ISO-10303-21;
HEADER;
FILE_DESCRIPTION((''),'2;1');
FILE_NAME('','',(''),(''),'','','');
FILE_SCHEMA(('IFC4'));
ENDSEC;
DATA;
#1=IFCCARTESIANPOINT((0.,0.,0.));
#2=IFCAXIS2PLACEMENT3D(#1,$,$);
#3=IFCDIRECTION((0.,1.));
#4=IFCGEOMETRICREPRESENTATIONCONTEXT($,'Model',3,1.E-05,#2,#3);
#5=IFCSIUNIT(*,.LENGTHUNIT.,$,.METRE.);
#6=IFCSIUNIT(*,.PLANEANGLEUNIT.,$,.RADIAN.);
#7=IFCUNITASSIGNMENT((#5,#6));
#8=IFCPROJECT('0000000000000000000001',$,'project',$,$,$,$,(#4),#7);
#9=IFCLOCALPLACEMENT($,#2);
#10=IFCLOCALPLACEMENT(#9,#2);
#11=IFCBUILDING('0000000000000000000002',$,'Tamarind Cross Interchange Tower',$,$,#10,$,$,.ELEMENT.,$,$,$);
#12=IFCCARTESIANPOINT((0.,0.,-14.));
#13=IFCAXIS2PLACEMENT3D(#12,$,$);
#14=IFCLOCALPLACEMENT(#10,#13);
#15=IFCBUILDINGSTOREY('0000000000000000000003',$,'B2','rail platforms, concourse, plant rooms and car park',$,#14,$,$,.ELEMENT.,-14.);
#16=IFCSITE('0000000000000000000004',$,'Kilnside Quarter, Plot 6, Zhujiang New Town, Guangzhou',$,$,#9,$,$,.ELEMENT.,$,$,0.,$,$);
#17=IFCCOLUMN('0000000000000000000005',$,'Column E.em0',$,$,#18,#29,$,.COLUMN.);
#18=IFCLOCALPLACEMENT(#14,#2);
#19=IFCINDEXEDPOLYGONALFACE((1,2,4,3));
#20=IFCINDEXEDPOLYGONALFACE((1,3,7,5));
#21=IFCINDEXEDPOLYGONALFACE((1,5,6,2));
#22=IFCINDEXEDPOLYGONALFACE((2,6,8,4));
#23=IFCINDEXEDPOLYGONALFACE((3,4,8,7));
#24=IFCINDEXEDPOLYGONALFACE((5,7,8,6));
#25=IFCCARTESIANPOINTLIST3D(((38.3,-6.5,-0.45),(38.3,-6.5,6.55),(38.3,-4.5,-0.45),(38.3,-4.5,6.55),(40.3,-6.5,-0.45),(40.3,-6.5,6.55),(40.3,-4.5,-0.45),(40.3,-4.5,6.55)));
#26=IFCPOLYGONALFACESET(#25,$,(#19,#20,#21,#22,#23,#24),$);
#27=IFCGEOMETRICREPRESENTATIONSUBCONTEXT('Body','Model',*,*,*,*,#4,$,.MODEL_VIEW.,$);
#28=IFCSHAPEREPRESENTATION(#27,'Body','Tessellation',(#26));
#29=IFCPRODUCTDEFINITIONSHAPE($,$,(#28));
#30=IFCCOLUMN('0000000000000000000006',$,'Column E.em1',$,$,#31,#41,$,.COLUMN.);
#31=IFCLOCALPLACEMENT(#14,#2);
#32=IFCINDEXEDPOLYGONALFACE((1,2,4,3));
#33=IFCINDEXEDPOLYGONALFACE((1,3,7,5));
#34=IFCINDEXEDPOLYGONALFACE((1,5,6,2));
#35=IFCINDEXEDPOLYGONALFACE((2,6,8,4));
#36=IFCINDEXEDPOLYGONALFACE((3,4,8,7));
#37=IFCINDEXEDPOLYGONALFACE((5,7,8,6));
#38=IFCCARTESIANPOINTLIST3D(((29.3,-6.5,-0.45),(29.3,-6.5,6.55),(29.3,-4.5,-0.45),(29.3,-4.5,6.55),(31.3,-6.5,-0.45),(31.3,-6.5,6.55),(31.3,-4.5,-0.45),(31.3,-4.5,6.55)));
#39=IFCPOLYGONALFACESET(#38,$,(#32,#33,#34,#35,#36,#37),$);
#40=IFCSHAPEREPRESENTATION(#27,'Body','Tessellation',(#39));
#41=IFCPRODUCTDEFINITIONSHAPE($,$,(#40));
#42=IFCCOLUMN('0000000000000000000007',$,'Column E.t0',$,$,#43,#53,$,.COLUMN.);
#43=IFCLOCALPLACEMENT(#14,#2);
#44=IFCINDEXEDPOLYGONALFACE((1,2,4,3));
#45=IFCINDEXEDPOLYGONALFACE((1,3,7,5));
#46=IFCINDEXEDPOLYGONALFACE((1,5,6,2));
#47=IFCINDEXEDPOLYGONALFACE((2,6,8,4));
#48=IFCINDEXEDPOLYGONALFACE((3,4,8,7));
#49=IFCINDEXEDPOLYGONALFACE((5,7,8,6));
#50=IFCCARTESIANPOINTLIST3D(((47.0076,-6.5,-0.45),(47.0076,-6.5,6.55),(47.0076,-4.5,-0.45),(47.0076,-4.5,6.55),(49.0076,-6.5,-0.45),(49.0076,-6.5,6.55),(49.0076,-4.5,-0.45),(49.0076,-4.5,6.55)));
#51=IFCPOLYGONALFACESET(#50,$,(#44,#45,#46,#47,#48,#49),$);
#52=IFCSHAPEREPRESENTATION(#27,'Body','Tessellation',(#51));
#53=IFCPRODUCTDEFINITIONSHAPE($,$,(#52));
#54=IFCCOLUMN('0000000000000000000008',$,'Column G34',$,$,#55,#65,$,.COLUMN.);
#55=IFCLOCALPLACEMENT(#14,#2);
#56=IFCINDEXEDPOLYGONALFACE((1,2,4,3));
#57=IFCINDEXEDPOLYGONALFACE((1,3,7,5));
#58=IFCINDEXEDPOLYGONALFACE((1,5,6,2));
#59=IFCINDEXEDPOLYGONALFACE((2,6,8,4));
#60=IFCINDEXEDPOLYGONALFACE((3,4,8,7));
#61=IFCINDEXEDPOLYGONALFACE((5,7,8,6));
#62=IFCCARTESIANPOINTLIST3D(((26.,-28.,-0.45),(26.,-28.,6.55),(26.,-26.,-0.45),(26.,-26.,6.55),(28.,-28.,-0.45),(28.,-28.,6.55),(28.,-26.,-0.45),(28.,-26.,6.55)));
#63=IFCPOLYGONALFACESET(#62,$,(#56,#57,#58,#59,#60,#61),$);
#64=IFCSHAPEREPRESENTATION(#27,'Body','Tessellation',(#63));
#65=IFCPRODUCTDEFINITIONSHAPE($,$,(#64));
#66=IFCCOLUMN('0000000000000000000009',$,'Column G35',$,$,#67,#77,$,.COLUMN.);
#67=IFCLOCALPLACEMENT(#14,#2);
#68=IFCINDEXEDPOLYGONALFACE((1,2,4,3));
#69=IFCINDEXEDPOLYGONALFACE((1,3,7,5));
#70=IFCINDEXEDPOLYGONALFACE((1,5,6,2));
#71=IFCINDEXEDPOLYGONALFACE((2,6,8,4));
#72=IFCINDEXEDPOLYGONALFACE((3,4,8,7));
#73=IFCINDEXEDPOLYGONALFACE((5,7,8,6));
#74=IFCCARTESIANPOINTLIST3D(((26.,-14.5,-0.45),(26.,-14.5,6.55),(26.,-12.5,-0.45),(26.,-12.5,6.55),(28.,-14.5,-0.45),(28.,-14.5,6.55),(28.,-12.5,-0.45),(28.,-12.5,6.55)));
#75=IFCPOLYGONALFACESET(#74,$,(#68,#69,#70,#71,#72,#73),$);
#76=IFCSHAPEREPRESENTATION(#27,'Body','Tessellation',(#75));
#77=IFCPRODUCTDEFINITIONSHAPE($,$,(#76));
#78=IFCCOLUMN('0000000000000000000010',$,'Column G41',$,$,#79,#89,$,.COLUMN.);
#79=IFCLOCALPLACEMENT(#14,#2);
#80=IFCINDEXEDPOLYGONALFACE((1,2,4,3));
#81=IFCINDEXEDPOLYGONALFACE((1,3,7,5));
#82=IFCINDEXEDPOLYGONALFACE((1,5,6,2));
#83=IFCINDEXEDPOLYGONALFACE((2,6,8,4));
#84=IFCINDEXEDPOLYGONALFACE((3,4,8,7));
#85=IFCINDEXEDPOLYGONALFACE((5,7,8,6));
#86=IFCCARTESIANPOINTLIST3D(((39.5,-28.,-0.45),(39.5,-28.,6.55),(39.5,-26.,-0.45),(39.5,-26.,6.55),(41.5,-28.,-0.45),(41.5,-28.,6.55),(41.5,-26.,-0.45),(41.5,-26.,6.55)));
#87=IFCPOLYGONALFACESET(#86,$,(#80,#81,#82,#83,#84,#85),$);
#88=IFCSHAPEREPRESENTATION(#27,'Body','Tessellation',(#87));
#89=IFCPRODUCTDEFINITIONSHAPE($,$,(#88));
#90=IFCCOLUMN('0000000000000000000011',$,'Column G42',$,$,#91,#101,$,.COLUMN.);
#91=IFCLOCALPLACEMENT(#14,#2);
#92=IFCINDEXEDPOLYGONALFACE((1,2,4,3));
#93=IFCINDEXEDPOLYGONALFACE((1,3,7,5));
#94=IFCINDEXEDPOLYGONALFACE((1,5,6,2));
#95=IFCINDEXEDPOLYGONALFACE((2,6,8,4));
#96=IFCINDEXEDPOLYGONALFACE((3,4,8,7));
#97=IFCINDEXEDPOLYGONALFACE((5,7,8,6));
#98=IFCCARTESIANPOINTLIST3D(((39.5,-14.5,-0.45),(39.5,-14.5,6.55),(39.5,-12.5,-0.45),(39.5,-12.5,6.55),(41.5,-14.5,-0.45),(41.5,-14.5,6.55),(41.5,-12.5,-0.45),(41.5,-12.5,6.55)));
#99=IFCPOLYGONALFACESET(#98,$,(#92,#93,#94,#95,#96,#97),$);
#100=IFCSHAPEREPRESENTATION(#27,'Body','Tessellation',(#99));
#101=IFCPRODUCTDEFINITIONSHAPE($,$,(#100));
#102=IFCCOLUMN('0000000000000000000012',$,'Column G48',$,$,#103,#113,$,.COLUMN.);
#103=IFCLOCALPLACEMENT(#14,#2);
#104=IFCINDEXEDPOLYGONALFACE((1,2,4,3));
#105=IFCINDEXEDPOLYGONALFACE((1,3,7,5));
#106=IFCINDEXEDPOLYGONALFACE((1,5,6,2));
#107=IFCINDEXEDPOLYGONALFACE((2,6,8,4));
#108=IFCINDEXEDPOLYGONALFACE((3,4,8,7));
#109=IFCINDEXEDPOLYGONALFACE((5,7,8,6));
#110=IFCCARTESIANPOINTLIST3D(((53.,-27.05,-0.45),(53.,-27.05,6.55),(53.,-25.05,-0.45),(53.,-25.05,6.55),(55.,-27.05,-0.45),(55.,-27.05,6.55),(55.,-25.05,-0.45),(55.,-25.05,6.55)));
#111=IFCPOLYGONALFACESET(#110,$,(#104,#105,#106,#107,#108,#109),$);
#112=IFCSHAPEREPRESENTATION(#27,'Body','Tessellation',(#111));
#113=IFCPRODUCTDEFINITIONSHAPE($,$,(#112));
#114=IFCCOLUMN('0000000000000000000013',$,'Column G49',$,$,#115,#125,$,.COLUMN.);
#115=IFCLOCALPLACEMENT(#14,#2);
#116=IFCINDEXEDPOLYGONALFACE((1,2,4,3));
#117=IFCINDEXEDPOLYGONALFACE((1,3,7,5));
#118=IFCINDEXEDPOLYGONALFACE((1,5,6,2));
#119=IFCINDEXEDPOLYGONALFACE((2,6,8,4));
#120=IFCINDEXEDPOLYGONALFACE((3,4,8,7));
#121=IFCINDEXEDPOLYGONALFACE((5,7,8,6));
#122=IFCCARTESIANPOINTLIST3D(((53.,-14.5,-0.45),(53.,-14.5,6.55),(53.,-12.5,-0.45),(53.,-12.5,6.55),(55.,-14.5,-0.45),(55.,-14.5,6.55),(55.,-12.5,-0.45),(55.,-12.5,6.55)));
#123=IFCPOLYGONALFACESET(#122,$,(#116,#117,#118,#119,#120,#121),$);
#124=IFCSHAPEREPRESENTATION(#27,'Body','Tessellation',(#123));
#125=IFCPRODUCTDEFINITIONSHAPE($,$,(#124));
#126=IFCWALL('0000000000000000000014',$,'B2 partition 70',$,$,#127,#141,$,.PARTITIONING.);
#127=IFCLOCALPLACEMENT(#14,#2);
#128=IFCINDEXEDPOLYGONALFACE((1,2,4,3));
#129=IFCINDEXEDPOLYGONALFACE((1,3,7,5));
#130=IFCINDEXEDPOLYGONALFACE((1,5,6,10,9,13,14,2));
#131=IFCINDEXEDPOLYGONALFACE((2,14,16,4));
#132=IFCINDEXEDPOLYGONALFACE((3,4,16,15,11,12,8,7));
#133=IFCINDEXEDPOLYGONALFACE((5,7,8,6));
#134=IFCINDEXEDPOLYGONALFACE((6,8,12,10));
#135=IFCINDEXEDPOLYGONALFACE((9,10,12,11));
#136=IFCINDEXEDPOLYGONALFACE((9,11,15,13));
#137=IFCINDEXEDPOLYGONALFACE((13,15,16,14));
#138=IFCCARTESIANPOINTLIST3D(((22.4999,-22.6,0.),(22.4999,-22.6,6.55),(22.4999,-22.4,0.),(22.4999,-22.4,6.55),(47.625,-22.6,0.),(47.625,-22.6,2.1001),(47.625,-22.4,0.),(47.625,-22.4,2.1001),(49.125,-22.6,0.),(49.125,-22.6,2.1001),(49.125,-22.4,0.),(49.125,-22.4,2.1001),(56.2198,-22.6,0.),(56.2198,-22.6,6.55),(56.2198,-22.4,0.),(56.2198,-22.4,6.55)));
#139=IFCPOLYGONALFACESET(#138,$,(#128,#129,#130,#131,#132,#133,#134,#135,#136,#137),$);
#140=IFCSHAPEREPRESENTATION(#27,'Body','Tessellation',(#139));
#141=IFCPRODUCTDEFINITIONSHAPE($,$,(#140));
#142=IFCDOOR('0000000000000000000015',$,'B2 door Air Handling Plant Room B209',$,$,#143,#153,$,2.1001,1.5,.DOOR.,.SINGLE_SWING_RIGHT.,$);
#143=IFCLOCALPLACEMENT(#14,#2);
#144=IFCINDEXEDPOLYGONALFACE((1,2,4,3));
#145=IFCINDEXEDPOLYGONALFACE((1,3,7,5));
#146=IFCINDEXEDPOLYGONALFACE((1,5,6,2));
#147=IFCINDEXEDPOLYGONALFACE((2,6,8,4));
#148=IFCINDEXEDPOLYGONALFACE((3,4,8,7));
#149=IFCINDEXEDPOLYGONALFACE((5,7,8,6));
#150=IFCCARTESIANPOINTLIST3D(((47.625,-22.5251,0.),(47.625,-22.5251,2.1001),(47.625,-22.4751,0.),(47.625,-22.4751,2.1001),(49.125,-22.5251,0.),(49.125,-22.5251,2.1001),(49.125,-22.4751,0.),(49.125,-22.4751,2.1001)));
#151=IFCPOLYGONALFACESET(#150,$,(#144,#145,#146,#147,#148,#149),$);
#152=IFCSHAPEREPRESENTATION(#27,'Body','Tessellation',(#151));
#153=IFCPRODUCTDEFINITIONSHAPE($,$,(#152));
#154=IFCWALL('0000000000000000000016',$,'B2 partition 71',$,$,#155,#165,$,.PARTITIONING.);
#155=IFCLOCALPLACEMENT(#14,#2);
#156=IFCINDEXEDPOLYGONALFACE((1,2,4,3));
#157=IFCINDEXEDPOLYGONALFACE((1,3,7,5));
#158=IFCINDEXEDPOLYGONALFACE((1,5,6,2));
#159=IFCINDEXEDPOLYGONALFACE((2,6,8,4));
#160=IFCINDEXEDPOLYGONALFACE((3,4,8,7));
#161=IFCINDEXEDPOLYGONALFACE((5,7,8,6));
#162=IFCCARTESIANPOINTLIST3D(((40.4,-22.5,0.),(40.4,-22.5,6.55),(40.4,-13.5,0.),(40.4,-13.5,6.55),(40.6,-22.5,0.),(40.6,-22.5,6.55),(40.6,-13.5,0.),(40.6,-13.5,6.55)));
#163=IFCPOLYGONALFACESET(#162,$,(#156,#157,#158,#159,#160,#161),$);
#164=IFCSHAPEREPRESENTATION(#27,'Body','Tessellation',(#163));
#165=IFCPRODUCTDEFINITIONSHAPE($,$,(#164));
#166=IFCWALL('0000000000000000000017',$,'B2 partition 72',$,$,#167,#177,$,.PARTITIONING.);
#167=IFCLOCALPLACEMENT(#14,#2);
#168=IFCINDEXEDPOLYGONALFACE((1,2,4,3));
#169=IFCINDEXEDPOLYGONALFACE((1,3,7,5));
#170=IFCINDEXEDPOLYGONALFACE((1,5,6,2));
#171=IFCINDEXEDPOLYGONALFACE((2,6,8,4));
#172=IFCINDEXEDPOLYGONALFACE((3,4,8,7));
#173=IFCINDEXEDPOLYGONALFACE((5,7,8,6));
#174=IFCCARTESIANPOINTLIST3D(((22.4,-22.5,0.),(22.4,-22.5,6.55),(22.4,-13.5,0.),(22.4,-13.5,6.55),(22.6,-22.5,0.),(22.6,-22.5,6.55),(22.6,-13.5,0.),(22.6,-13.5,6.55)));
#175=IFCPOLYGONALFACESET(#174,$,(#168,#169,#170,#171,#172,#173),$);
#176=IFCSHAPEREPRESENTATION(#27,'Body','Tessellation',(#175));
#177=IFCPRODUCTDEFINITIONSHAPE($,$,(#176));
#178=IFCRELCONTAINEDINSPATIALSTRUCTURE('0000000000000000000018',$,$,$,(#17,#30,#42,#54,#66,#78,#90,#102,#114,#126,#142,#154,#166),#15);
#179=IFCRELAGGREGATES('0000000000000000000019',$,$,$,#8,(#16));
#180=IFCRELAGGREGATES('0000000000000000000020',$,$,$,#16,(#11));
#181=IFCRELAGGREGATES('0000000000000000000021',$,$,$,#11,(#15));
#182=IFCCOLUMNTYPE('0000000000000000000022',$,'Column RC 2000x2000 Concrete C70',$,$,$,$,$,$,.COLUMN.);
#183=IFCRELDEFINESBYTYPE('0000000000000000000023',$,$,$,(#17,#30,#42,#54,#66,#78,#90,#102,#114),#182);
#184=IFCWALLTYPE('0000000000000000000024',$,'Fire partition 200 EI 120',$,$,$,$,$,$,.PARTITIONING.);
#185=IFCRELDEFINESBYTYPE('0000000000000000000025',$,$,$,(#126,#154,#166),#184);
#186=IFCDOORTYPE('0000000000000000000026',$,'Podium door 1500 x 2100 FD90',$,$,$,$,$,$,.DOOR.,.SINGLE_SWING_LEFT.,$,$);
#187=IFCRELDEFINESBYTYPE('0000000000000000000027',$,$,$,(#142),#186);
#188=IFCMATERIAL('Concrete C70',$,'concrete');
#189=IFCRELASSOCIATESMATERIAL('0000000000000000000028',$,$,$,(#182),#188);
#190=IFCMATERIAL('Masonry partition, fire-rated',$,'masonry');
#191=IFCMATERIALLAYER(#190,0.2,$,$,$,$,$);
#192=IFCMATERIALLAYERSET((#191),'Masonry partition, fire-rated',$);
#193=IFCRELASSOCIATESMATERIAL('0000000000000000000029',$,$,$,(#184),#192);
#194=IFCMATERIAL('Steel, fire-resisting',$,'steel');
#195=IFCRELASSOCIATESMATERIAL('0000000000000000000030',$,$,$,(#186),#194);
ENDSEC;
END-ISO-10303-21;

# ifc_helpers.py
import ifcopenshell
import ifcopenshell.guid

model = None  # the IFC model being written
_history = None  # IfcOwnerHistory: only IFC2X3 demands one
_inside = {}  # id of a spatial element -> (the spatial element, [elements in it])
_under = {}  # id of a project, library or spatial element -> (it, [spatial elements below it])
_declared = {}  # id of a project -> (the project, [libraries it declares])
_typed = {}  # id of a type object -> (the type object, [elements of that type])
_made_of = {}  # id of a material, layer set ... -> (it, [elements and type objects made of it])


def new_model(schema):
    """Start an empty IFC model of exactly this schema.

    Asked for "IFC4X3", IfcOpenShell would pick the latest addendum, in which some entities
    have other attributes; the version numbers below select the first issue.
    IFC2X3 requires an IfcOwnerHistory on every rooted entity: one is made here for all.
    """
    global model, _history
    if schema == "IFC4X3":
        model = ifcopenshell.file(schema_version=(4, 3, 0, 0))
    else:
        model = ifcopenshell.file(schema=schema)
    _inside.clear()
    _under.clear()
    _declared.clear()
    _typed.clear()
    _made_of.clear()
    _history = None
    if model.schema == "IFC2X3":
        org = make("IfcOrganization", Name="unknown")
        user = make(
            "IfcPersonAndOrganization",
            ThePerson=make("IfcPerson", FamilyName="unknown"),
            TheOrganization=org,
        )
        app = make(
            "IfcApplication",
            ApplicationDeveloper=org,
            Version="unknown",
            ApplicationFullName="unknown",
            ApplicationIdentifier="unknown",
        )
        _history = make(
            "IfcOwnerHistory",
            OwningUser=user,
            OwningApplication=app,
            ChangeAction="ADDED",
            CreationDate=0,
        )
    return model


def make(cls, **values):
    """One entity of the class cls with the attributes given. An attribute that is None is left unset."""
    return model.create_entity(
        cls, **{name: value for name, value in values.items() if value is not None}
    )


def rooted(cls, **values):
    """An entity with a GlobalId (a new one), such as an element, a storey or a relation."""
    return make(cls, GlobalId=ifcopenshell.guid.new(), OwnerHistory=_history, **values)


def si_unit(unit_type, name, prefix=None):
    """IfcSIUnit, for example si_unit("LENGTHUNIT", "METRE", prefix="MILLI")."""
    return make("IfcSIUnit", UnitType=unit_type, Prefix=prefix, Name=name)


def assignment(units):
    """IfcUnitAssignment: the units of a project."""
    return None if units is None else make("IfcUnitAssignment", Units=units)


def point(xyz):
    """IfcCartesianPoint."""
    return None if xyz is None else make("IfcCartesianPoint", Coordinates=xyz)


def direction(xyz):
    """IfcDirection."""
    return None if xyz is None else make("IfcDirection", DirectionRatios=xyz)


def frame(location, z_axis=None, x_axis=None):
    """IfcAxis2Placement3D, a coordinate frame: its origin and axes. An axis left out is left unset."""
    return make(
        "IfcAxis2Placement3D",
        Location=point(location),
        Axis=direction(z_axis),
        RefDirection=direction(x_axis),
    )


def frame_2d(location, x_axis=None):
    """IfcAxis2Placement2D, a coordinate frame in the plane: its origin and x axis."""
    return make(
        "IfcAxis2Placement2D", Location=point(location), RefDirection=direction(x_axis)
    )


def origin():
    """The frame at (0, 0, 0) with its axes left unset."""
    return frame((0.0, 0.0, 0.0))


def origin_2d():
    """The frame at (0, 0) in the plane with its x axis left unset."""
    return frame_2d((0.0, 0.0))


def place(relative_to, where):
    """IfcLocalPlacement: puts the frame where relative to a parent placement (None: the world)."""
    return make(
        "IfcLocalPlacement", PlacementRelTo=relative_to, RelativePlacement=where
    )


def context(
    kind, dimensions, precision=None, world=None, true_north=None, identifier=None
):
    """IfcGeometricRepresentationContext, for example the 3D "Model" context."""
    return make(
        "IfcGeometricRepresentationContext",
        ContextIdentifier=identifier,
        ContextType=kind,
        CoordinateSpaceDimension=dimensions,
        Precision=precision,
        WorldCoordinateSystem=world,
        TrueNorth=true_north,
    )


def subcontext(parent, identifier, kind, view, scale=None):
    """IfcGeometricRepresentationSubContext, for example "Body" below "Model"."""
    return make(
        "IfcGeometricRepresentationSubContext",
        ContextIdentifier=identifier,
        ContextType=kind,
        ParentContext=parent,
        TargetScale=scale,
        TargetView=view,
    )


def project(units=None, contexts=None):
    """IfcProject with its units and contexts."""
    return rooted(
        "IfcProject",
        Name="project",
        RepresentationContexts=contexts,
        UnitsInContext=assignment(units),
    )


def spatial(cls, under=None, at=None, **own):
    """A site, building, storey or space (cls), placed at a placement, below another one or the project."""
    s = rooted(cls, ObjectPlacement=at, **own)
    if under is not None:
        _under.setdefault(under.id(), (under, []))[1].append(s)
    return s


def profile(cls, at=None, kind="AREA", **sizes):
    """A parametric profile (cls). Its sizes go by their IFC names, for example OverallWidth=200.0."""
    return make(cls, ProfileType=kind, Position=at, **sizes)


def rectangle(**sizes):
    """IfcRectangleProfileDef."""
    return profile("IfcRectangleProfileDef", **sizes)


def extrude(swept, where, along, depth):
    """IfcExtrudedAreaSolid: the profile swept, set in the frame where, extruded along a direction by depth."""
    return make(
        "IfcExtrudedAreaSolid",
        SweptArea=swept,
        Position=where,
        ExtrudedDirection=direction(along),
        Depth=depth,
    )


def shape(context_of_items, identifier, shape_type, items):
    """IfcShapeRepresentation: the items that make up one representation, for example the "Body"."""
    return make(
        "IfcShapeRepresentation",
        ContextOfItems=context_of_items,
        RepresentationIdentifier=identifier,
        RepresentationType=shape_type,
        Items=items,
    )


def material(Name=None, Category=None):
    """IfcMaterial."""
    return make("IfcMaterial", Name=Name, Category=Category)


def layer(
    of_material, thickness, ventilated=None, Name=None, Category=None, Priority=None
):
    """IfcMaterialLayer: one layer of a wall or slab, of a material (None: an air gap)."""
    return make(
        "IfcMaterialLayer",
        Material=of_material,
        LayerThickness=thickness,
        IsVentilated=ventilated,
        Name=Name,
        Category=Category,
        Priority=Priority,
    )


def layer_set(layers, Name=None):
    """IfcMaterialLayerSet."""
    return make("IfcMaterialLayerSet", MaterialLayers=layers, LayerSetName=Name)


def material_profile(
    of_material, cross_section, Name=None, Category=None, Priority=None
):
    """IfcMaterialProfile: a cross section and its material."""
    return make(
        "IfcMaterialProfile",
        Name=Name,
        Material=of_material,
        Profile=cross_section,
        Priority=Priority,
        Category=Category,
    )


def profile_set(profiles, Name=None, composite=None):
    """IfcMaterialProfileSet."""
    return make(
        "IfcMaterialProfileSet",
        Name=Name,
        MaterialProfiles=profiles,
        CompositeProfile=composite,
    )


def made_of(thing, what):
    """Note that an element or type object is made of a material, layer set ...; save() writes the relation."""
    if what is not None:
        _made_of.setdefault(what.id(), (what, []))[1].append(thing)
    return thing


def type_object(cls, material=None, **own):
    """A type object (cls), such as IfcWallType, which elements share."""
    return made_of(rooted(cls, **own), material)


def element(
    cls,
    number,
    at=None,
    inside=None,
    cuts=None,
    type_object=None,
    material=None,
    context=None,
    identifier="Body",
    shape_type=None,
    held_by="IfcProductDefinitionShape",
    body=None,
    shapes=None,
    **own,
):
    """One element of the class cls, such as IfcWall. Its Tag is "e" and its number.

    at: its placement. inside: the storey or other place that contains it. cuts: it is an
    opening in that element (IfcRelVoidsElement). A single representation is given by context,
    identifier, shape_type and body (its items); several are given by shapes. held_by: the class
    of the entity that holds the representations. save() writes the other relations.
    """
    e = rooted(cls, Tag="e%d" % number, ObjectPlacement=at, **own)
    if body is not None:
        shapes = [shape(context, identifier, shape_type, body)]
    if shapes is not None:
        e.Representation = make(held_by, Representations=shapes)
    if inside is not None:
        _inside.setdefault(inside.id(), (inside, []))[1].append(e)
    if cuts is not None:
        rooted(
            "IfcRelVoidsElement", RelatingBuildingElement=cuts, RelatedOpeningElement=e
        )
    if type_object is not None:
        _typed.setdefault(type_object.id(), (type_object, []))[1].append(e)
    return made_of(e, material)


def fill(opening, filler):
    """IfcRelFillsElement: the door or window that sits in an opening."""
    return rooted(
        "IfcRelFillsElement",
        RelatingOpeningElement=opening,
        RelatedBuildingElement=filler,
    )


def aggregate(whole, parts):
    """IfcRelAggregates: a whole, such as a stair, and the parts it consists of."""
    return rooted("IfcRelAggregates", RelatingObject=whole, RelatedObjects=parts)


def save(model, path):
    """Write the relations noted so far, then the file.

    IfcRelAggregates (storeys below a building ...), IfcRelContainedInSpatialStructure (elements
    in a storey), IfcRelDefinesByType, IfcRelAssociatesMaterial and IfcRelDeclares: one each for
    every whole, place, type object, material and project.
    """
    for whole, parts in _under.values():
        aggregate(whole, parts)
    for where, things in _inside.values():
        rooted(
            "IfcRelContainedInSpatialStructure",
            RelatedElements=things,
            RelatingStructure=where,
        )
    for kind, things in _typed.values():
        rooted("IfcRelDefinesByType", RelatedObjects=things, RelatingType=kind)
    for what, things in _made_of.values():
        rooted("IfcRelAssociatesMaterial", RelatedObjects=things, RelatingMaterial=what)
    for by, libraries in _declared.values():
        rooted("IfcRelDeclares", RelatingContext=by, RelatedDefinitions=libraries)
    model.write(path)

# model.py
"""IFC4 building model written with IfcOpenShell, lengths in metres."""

from ifc_helpers import new_model, si_unit, direction, frame, frame_2d, origin, origin_2d, place, context, subcontext, project, spatial, rectangle, extrude, material, layer, layer_set, material_profile, profile_set, type_object, element, fill, save


model = new_model("IFC4")

# Units and contexts
model_context = context("Model", 3, precision=1e-05, world=origin(), true_north=direction((0.0, 1.0)))
body_context = subcontext(model_context, "Body", "Model", "MODEL_VIEW")
ifc_project = project(units=[si_unit("LENGTHUNIT", "METRE"), si_unit("PLANEANGLEUNIT", "RADIAN")], contexts=[model_context])

# Site, building, storey
site_placement = place(None, origin())
site = spatial("IfcSite", under=ifc_project, at=site_placement, Name="Kilnside Quarter, Plot 6, Zhujiang New Town, Guangzhou", CompositionType="ELEMENT", RefElevation=0.0)
building_placement = place(site_placement, origin())
building = spatial("IfcBuilding", under=site, at=building_placement, Name="Tamarind Cross Interchange Tower", CompositionType="ELEMENT")
storey_placement = place(building_placement, frame((0.0, 0.0, -14.0)))
storey = spatial("IfcBuildingStorey", under=building, at=storey_placement, Name="B2", Description="rail platforms, concourse, plant rooms and car park", CompositionType="ELEMENT", Elevation=-14.0)

# Columns
ifc_material_1 = material(Name="Concrete C70", Category="concrete")
ifc_material_profile = material_profile(ifc_material_1, rectangle(XDim=2.0, YDim=2.0, at=origin_2d()), Name="RC 2000x2000")
ifc_profile_set = profile_set([ifc_material_profile], Name="Concrete C70")
column_type = type_object("IfcColumnType", Name="Column RC 2000x2000 Concrete C70", PredefinedType="COLUMN", material=ifc_profile_set)
for number, where, z_axis, x_axis, name in (
    (1, (39.3, -5.5, -0.45), (0.0, 0.0, 1.0), (1.0, 0.0, 0.0), "Column E.em0"),
    (2, (30.3, -5.5, -0.45), (0.0, 0.0, 1.0), (1.0, 0.0, 0.0), "Column E.em1"),
    (3, (48.0076, -5.5, -0.45), (0.0, 0.0, 1.0), (1.0, 0.0, 0.0), "Column E.t0"),
    (4, (27.0, -27.0, -0.45), (0.0, 0.0, 1.0), (1.0, 0.0, 0.0), "Column G34"),
    (5, (27.0, -13.5, -0.45), (0.0, 0.0, 1.0), (1.0, 0.0, 0.0), "Column G35"),
    (6, (40.5, -27.0, -0.45), (0.0, 0.0, 1.0), (1.0, 0.0, 0.0), "Column G41"),
    (7, (40.5, -13.5, -0.45), (0.0, 0.0, 1.0), (1.0, 0.0, 0.0), "Column G42"),
    (8, (54.0, -26.05, -0.45), (0.0, 0.0, 1.0), (1.0, 0.0, 0.0), "Column G48"),
    (9, (54.0, -13.5, -0.45), (0.0, 0.0, 1.0), (1.0, 0.0, 0.0), "Column G49"),
):
    element("IfcColumn", number, at=place(storey_placement, frame(where, z_axis=z_axis, x_axis=x_axis)), inside=storey, type_object=column_type, Name=name, PredefinedType="COLUMN", context=body_context, shape_type="SweptSolid", body=[
        extrude(rectangle(XDim=2.0, YDim=2.0, at=origin_2d()), origin(), (0.0, 0.0, 1.0), 7.0),
    ])

# Wall, opening, door
ifc_material_2 = material(Name="Masonry partition, fire-rated", Category="masonry")
ifc_layer_1 = layer(ifc_material_2, 0.2)
ifc_layer_set_1 = layer_set([ifc_layer_1], Name="Masonry partition, fire-rated")
wall_type_1 = type_object("IfcWallType", Name="Fire partition 200 EI 120", PredefinedType="PARTITIONING", material=ifc_layer_set_1)
wall_1_placement = place(storey_placement, frame((22.5, -22.5, 0.0), z_axis=(0.0, 0.0, 1.0), x_axis=(1.0, 0.0, 0.0)))
wall_1 = element("IfcWall", 10, at=wall_1_placement, inside=storey, type_object=wall_type_1, Name="B2 partition 70", PredefinedType="PARTITIONING", context=body_context, shape_type="SweptSolid", body=[
    extrude(rectangle(XDim=33.72, YDim=0.2, at=frame_2d((16.8599, 0.0))), origin(), (0.0, 0.0, 1.0), 6.55),
])
opening_1_placement = place(wall_1_placement, frame((25.125, 0.0, 0.0)))
opening_1 = element("IfcOpeningElement", 11, at=opening_1_placement, cuts=wall_1, PredefinedType="OPENING", context=body_context, shape_type="SweptSolid", body=[
    extrude(rectangle(XDim=1.5, YDim=2.1001, at=frame_2d((0.75, 1.05))), frame((0.0, 0.1099, 0.0), z_axis=(0.0, -1.0, 0.0), x_axis=(1.0, 0.0, 0.0)), (0.0, 0.0, 1.0), 0.22),
])
ifc_material_3 = material(Name="Steel, fire-resisting", Category="steel")
door_type_1 = type_object("IfcDoorType", Name="Podium door 1500 x 2100 FD90", OperationType="SINGLE_SWING_LEFT", PredefinedType="DOOR", material=ifc_material_3)
door_1_placement = place(opening_1_placement, origin())
door_1 = element("IfcDoor", 12, at=door_1_placement, inside=storey, type_object=door_type_1, Name="B2 door Air Handling Plant Room B209", OperationType="SINGLE_SWING_RIGHT", OverallHeight=2.1001, OverallWidth=1.5, PredefinedType="DOOR", context=body_context, shape_type="SweptSolid", body=[
    extrude(rectangle(XDim=1.5, YDim=2.1001, at=frame_2d((0.75, 1.05))), frame((0.0, 0.0249, 0.0), z_axis=(0.0, -1.0, 0.0), x_axis=(1.0, 0.0, 0.0)), (0.0, 0.0, 1.0), 0.05),
])
fill(opening_1, door_1)

# Walls
for number, where, z_axis, x_axis, name in (
    (13, (40.5, -22.5, 0.0), (0.0, 0.0, 1.0), (0.0, 1.0, 0.0), "B2 partition 71"),
    (14, (22.5, -22.5, 0.0), (0.0, 0.0, 1.0), (0.0, 1.0, 0.0), "B2 partition 72"),
):
    element("IfcWall", number, at=place(storey_placement, frame(where, z_axis=z_axis, x_axis=x_axis)), inside=storey, type_object=wall_type_1, Name=name, PredefinedType="PARTITIONING", context=body_context, shape_type="SweptSolid", body=[
        extrude(rectangle(XDim=9.0, YDim=0.2, at=frame_2d((4.5, 0.0))), origin(), (0.0, 0.0, 1.0), 6.55),
    ])

save(model, "model.ifc")
